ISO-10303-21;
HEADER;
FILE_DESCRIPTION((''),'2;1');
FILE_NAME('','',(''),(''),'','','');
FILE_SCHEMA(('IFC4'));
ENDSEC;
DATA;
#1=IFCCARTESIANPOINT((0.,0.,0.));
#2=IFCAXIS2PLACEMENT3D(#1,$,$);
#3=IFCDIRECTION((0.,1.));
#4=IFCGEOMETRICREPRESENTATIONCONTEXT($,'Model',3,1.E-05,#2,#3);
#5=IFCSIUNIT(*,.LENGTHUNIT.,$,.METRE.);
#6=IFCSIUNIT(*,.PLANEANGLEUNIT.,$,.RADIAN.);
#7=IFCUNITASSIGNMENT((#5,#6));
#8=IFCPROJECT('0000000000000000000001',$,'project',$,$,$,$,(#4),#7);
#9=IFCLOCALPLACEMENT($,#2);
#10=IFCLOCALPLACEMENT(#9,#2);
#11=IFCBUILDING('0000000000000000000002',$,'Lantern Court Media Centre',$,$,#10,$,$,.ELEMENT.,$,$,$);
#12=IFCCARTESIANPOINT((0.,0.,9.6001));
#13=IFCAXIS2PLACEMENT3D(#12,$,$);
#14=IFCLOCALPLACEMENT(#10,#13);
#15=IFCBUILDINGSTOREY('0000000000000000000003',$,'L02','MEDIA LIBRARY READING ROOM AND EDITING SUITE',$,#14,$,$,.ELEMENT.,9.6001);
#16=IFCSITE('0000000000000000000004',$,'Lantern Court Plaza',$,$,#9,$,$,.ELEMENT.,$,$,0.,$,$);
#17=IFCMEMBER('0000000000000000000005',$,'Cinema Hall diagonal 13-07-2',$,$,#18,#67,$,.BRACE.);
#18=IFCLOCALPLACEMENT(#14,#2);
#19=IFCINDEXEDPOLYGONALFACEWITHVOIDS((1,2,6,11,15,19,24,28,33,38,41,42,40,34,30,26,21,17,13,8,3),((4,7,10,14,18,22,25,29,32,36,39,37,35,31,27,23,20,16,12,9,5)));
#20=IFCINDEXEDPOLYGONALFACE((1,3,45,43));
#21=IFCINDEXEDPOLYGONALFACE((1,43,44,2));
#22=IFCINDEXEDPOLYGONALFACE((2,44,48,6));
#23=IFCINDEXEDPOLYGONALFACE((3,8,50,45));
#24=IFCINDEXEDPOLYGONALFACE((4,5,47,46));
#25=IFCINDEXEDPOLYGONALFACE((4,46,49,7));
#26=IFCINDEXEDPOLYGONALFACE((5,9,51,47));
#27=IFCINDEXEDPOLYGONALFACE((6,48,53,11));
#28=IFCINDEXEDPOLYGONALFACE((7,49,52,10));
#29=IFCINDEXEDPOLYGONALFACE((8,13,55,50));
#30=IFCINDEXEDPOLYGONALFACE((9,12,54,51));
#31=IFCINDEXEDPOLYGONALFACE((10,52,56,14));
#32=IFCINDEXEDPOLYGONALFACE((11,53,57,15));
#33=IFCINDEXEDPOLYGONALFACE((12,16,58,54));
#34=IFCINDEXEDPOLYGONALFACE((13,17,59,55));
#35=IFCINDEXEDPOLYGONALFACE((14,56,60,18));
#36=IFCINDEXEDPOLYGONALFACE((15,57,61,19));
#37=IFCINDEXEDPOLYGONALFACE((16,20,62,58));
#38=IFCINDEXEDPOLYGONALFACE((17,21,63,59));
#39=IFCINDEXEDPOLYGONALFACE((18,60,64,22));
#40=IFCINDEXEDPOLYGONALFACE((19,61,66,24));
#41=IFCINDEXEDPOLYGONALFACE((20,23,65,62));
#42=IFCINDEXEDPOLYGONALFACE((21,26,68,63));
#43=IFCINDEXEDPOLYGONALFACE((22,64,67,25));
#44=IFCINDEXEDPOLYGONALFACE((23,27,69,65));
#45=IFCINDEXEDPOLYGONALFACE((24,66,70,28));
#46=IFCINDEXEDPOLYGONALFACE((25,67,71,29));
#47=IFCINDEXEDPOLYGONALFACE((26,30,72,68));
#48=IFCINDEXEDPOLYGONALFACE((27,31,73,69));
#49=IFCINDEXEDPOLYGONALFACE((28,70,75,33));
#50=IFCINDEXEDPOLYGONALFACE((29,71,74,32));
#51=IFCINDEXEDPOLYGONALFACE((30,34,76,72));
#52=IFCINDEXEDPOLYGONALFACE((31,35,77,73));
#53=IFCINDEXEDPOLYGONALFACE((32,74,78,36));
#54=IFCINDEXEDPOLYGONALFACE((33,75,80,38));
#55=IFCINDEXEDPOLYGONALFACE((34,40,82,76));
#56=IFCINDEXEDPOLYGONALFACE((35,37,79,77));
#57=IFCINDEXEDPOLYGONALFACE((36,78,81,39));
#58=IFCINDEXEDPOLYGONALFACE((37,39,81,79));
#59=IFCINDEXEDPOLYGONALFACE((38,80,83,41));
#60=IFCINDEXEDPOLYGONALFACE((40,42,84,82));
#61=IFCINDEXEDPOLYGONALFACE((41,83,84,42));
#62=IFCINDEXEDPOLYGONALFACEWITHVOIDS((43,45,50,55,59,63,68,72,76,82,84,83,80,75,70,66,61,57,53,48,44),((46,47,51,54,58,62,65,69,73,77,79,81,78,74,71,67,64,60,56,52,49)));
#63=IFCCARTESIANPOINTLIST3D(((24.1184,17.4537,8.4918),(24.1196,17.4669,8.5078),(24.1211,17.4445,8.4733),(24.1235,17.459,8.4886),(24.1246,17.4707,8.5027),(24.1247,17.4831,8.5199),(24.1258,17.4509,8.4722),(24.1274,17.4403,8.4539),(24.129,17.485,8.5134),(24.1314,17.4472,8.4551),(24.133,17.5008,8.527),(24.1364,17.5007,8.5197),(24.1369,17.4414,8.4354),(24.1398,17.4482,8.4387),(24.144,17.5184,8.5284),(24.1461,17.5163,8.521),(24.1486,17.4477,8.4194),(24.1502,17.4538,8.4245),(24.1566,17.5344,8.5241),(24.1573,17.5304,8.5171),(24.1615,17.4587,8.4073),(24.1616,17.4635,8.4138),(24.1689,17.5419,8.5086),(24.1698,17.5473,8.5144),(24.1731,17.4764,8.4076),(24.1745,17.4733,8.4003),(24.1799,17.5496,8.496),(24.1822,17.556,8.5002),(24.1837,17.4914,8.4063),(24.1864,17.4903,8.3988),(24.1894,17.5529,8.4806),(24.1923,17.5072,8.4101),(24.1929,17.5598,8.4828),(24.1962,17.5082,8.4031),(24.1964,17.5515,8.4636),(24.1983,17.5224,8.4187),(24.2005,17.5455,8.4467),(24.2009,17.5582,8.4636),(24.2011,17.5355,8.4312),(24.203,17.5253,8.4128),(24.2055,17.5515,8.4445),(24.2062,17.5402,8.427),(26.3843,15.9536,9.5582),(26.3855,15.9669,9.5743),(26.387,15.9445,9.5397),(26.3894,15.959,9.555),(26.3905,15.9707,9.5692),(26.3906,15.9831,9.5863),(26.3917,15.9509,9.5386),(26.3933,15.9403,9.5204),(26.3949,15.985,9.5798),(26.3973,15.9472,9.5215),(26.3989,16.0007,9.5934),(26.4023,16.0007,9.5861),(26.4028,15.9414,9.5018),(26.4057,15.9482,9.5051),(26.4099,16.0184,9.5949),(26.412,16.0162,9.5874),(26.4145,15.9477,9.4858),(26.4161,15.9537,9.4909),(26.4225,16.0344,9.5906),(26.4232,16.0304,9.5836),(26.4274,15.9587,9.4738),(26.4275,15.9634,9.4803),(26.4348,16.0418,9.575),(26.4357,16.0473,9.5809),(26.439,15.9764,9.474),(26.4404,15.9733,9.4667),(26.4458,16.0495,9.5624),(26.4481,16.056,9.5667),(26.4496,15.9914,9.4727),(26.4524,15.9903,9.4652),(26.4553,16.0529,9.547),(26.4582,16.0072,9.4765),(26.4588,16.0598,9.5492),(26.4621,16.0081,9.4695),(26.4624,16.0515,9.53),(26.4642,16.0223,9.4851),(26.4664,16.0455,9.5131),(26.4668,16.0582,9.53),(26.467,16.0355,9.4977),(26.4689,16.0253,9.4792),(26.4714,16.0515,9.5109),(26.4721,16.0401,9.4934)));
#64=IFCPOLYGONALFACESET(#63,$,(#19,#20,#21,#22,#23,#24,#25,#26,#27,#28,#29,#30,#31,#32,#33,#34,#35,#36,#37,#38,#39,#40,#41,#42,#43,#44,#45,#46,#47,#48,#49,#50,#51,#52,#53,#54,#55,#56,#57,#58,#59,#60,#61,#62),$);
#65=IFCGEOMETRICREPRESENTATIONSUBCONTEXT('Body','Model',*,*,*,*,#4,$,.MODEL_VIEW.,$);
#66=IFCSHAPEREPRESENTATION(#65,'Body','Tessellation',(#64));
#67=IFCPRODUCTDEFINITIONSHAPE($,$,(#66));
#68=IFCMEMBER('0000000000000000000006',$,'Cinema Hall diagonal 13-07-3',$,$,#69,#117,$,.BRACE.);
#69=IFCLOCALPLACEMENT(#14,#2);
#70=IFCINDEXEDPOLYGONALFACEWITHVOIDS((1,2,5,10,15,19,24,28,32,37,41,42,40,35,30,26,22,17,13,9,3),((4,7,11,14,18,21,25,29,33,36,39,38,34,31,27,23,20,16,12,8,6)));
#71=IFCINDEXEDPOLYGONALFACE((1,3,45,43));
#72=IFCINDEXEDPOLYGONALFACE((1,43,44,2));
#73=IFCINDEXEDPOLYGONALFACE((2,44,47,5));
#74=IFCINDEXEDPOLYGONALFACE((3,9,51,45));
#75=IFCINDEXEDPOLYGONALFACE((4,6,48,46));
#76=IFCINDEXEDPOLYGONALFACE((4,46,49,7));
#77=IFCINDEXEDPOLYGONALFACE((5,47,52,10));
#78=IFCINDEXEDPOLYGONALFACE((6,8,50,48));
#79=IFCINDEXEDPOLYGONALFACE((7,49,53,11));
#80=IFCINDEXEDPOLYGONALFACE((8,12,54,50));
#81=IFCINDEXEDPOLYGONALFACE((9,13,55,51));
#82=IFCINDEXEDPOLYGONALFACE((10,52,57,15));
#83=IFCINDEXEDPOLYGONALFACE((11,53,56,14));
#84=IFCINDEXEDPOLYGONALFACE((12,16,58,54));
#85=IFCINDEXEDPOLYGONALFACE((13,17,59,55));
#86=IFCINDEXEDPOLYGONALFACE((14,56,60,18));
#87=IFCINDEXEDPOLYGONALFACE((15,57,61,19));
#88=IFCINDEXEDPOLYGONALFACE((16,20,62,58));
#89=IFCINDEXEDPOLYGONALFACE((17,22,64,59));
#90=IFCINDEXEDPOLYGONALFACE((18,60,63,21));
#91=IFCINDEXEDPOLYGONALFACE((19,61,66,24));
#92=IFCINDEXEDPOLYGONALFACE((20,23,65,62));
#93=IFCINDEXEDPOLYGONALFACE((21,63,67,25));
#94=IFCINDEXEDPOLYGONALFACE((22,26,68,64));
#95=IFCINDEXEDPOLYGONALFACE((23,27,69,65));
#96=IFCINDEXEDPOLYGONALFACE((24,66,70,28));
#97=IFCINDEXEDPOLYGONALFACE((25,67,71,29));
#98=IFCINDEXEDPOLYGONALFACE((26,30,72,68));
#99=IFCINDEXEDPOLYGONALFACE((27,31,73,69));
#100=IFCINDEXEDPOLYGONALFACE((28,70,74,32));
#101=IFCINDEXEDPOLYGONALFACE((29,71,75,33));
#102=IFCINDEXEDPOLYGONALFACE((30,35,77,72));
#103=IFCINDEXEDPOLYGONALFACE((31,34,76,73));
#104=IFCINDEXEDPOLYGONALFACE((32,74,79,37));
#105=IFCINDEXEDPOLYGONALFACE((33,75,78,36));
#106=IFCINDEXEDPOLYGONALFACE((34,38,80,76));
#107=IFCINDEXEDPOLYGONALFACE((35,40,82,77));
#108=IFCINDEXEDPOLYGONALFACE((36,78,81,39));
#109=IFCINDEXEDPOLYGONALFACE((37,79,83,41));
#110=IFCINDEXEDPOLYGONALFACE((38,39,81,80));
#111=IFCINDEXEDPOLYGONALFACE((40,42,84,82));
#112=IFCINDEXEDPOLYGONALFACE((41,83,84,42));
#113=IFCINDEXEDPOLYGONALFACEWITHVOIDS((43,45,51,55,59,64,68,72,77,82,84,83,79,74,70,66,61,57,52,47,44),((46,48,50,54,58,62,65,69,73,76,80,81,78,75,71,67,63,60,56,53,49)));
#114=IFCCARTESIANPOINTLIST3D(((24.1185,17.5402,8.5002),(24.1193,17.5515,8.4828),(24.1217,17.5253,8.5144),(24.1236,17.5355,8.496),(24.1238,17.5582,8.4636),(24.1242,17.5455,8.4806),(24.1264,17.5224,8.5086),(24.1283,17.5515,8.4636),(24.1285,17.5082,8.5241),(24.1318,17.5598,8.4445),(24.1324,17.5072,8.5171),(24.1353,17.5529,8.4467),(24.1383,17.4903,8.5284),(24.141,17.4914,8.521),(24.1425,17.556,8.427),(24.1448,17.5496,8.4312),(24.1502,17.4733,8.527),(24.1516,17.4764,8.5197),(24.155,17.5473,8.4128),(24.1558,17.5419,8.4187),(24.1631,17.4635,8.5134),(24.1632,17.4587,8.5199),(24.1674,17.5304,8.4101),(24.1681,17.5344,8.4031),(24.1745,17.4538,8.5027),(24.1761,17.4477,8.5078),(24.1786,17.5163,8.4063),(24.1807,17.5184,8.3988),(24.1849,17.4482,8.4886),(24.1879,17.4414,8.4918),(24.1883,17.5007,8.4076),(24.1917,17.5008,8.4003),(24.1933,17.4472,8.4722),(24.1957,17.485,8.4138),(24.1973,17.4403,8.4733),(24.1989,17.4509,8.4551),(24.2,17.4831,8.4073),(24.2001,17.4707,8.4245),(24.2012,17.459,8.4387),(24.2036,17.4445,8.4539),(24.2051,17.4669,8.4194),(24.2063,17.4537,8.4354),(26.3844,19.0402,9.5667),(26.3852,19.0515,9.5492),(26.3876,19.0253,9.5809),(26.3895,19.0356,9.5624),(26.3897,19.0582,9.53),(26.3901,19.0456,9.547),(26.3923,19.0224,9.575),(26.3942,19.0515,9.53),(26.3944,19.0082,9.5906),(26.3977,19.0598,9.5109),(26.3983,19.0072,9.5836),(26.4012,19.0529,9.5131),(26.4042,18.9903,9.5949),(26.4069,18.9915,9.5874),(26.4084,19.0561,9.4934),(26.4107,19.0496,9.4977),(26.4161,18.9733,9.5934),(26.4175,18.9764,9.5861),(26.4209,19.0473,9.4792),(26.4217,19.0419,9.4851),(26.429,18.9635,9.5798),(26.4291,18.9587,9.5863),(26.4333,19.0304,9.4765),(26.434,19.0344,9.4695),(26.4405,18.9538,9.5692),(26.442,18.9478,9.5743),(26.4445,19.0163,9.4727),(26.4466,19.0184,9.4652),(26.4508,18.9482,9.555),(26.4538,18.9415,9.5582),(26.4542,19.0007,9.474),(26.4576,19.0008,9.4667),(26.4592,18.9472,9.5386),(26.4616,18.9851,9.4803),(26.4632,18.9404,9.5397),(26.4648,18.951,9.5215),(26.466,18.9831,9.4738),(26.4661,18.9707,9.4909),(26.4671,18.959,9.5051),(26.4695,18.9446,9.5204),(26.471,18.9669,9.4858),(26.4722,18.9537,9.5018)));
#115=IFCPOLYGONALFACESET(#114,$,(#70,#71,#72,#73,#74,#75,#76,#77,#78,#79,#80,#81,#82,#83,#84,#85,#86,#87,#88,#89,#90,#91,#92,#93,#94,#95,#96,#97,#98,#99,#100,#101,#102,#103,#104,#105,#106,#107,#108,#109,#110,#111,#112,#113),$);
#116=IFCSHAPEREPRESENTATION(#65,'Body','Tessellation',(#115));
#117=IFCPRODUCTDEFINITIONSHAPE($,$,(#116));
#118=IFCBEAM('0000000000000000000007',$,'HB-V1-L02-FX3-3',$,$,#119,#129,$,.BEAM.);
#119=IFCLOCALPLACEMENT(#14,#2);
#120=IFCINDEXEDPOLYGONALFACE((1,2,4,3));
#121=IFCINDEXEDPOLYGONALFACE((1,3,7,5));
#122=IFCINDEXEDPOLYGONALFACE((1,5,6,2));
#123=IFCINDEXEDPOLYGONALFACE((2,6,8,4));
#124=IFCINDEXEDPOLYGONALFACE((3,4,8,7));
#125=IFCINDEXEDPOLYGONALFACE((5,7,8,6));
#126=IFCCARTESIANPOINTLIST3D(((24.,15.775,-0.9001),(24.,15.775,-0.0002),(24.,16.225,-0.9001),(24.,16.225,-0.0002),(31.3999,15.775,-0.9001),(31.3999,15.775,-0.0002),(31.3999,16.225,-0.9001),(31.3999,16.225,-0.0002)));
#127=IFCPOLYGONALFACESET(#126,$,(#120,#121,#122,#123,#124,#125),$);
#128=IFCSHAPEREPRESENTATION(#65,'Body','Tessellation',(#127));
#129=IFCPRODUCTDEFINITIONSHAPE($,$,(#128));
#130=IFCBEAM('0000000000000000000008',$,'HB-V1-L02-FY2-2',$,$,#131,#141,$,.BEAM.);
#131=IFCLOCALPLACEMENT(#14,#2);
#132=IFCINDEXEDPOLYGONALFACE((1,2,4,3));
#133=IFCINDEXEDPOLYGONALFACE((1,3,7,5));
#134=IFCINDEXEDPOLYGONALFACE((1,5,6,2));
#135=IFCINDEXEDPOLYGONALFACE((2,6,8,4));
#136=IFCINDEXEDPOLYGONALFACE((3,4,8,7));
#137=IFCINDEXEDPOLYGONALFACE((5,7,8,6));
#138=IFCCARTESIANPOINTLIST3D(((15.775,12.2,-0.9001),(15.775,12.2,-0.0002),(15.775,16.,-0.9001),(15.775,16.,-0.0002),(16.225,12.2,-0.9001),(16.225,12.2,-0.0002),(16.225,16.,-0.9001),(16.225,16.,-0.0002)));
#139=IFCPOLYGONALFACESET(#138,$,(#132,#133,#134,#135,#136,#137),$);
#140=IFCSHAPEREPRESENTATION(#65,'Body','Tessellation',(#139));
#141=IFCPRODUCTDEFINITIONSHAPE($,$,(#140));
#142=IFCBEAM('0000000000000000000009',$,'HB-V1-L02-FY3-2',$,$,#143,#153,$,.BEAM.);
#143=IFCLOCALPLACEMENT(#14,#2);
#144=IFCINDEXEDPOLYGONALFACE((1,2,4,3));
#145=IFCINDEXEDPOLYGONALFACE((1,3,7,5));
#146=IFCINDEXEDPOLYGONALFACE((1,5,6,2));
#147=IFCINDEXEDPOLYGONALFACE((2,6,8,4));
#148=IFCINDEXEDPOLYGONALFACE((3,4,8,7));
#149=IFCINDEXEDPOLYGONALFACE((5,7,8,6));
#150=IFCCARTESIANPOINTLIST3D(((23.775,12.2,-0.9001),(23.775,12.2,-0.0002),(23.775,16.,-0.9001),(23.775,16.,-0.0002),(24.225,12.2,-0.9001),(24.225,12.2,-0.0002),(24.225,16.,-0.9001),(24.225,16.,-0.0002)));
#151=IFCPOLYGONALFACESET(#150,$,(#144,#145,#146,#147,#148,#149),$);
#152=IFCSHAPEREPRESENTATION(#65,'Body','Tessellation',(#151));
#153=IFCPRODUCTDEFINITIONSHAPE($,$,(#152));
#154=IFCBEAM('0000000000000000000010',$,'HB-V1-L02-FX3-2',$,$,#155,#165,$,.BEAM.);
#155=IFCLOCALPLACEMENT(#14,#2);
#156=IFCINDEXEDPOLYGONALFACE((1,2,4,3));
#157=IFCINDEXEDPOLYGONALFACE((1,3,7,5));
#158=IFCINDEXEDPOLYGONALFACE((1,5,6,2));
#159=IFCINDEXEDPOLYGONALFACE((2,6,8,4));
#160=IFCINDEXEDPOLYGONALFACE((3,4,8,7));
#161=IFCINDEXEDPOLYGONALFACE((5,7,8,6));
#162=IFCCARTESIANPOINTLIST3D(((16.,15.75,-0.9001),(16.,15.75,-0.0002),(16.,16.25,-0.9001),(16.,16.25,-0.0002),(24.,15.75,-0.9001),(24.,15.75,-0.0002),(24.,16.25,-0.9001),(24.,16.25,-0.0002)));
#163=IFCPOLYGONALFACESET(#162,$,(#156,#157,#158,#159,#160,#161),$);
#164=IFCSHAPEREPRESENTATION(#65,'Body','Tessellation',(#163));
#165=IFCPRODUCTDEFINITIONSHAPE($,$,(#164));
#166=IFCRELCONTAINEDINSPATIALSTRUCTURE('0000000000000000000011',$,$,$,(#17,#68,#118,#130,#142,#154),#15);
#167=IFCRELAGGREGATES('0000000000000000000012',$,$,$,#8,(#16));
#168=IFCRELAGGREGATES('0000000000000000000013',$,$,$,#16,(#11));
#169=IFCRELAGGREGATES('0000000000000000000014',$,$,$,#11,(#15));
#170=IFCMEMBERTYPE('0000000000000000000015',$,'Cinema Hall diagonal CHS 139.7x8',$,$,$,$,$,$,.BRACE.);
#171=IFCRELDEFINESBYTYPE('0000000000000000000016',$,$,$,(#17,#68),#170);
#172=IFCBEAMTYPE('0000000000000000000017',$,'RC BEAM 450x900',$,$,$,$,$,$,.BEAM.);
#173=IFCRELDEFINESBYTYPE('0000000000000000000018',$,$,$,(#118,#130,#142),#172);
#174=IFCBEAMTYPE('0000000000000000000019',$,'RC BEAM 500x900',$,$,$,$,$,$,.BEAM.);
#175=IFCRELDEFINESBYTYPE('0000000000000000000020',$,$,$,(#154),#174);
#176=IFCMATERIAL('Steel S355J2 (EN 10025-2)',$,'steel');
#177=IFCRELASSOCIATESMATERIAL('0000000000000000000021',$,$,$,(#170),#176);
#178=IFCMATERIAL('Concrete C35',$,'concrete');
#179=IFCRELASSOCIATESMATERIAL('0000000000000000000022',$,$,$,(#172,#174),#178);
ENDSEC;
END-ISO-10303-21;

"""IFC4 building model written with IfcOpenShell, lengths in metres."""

from ifc_helpers import new_model, si_unit, direction, frame, origin, origin_2d, place, context, subcontext, project, spatial, rectangle, hollow_circle, extrude, material, material_profile, profile_set, type_object, element, save


model = new_model("IFC4")

# Units and contexts
model_context = context("Model", 3, precision=1e-05, world=origin(), true_north=direction((0.0, 1.0)))
body_context = subcontext(model_context, "Body", "Model", "MODEL_VIEW")
ifc_project = project(units=[si_unit("LENGTHUNIT", "METRE"), si_unit("PLANEANGLEUNIT", "RADIAN")], contexts=[model_context])

# Site, building, storey
site_placement = place(None, origin())
site = spatial("IfcSite", under=ifc_project, at=site_placement, Name="Lantern Court Plaza", CompositionType="ELEMENT", RefElevation=0.0)
building_placement = place(site_placement, origin())
building = spatial("IfcBuilding", under=site, at=building_placement, Name="Lantern Court Media Centre", CompositionType="ELEMENT")
storey_placement = place(building_placement, frame((0.0, 0.0, 9.6001)))
storey = spatial("IfcBuildingStorey", under=building, at=storey_placement, Name="L02", Description="MEDIA LIBRARY READING ROOM AND EDITING SUITE", CompositionType="ELEMENT", Elevation=9.6001)

# Members
ifc_material_1 = material(Name="Steel S355J2 (EN 10025-2)", Category="steel")
ifc_material_profile_1 = material_profile(ifc_material_1, hollow_circle(Radius=0.0698, WallThickness=0.0081, at=origin_2d()), Name="Cinema Hall diagonal CHS 139.7x8")
ifc_profile_set_1 = profile_set([ifc_material_profile_1], Name="Steel S355J2 (EN 10025-2)")
member_type_1 = type_object("IfcMemberType", Name="Cinema Hall diagonal CHS 139.7x8", PredefinedType="BRACE", material=ifc_profile_set_1)
for number, where, z_axis, x_axis, name in (
    (1, (24.1624, 17.5, 8.4636), (0.776211, -0.51385, 0.365315), (0.552002, 0.833843, 0.0), "Cinema Hall diagonal 13-07-2"),
    (2, (24.1624, 17.5, 8.4636), (0.776211, 0.51385, 0.365315), (-0.552002, 0.833843, 0.0), "Cinema Hall diagonal 13-07-3"),
):
    element("IfcMember", number, at=place(storey_placement, frame(where, z_axis=z_axis, x_axis=x_axis)), inside=storey, type_object=member_type_1, Name=name, PredefinedType="BRACE", context=body_context, shape_type="SweptSolid", body=[
        extrude(hollow_circle(Radius=0.0698, WallThickness=0.0081, at=origin_2d()), origin(), (0.0, 0.0, 1.0), 2.9192),
    ])

# Beams
ifc_material_2 = material(Name="Concrete C35", Category="concrete")
ifc_material_profile_2 = material_profile(ifc_material_2, rectangle(XDim=0.45, YDim=0.8999, at=origin_2d()), Name="RC 450x900")
ifc_profile_set_2 = profile_set([ifc_material_profile_2], Name="Concrete C35")
beam_type_1 = type_object("IfcBeamType", Name="RC BEAM 450x900", PredefinedType="BEAM", material=ifc_profile_set_2)
beam_1_placement = place(storey_placement, frame((24.0, 16.0, -0.4502), z_axis=(1.0, 0.0, 0.0), x_axis=(0.0, 1.0, 0.0)))
element("IfcBeam", 3, at=beam_1_placement, inside=storey, type_object=beam_type_1, Name="HB-V1-L02-FX3-3", PredefinedType="BEAM", context=body_context, shape_type="SweptSolid", body=[
    extrude(rectangle(XDim=0.45, YDim=0.8999, at=origin_2d()), origin(), (0.0, 0.0, 1.0), 7.3999),
])
for number, where, z_axis, x_axis, name in (
    (4, (16.0, 12.2, -0.4502), (0.0, 1.0, 0.0), (-1.0, 0.0, 0.0), "HB-V1-L02-FY2-2"),
    (5, (24.0, 12.2, -0.4502), (0.0, 1.0, 0.0), (-1.0, 0.0, 0.0), "HB-V1-L02-FY3-2"),
):
    element("IfcBeam", number, at=place(storey_placement, frame(where, z_axis=z_axis, x_axis=x_axis)), inside=storey, type_object=beam_type_1, Name=name, PredefinedType="BEAM", context=body_context, shape_type="SweptSolid", body=[
        extrude(rectangle(XDim=0.45, YDim=0.8999, at=origin_2d()), origin(), (0.0, 0.0, 1.0), 3.8),
    ])
ifc_material_profile_3 = material_profile(ifc_material_2, rectangle(XDim=0.5, YDim=0.8999, at=origin_2d()), Name="RC 500x900")
ifc_profile_set_3 = profile_set([ifc_material_profile_3], Name="Concrete C35")
beam_type_2 = type_object("IfcBeamType", Name="RC BEAM 500x900", PredefinedType="BEAM", material=ifc_profile_set_3)
beam_2_placement = place(storey_placement, frame((16.0, 16.0, -0.4502), z_axis=(1.0, 0.0, 0.0), x_axis=(0.0, 1.0, 0.0)))
element("IfcBeam", 6, at=beam_2_placement, inside=storey, type_object=beam_type_2, Name="HB-V1-L02-FX3-2", PredefinedType="BEAM", context=body_context, shape_type="SweptSolid", body=[
    extrude(rectangle(XDim=0.5, YDim=0.8999, at=origin_2d()), origin(), (0.0, 0.0, 1.0), 8.0),
])

save(model, "model.ifc")
